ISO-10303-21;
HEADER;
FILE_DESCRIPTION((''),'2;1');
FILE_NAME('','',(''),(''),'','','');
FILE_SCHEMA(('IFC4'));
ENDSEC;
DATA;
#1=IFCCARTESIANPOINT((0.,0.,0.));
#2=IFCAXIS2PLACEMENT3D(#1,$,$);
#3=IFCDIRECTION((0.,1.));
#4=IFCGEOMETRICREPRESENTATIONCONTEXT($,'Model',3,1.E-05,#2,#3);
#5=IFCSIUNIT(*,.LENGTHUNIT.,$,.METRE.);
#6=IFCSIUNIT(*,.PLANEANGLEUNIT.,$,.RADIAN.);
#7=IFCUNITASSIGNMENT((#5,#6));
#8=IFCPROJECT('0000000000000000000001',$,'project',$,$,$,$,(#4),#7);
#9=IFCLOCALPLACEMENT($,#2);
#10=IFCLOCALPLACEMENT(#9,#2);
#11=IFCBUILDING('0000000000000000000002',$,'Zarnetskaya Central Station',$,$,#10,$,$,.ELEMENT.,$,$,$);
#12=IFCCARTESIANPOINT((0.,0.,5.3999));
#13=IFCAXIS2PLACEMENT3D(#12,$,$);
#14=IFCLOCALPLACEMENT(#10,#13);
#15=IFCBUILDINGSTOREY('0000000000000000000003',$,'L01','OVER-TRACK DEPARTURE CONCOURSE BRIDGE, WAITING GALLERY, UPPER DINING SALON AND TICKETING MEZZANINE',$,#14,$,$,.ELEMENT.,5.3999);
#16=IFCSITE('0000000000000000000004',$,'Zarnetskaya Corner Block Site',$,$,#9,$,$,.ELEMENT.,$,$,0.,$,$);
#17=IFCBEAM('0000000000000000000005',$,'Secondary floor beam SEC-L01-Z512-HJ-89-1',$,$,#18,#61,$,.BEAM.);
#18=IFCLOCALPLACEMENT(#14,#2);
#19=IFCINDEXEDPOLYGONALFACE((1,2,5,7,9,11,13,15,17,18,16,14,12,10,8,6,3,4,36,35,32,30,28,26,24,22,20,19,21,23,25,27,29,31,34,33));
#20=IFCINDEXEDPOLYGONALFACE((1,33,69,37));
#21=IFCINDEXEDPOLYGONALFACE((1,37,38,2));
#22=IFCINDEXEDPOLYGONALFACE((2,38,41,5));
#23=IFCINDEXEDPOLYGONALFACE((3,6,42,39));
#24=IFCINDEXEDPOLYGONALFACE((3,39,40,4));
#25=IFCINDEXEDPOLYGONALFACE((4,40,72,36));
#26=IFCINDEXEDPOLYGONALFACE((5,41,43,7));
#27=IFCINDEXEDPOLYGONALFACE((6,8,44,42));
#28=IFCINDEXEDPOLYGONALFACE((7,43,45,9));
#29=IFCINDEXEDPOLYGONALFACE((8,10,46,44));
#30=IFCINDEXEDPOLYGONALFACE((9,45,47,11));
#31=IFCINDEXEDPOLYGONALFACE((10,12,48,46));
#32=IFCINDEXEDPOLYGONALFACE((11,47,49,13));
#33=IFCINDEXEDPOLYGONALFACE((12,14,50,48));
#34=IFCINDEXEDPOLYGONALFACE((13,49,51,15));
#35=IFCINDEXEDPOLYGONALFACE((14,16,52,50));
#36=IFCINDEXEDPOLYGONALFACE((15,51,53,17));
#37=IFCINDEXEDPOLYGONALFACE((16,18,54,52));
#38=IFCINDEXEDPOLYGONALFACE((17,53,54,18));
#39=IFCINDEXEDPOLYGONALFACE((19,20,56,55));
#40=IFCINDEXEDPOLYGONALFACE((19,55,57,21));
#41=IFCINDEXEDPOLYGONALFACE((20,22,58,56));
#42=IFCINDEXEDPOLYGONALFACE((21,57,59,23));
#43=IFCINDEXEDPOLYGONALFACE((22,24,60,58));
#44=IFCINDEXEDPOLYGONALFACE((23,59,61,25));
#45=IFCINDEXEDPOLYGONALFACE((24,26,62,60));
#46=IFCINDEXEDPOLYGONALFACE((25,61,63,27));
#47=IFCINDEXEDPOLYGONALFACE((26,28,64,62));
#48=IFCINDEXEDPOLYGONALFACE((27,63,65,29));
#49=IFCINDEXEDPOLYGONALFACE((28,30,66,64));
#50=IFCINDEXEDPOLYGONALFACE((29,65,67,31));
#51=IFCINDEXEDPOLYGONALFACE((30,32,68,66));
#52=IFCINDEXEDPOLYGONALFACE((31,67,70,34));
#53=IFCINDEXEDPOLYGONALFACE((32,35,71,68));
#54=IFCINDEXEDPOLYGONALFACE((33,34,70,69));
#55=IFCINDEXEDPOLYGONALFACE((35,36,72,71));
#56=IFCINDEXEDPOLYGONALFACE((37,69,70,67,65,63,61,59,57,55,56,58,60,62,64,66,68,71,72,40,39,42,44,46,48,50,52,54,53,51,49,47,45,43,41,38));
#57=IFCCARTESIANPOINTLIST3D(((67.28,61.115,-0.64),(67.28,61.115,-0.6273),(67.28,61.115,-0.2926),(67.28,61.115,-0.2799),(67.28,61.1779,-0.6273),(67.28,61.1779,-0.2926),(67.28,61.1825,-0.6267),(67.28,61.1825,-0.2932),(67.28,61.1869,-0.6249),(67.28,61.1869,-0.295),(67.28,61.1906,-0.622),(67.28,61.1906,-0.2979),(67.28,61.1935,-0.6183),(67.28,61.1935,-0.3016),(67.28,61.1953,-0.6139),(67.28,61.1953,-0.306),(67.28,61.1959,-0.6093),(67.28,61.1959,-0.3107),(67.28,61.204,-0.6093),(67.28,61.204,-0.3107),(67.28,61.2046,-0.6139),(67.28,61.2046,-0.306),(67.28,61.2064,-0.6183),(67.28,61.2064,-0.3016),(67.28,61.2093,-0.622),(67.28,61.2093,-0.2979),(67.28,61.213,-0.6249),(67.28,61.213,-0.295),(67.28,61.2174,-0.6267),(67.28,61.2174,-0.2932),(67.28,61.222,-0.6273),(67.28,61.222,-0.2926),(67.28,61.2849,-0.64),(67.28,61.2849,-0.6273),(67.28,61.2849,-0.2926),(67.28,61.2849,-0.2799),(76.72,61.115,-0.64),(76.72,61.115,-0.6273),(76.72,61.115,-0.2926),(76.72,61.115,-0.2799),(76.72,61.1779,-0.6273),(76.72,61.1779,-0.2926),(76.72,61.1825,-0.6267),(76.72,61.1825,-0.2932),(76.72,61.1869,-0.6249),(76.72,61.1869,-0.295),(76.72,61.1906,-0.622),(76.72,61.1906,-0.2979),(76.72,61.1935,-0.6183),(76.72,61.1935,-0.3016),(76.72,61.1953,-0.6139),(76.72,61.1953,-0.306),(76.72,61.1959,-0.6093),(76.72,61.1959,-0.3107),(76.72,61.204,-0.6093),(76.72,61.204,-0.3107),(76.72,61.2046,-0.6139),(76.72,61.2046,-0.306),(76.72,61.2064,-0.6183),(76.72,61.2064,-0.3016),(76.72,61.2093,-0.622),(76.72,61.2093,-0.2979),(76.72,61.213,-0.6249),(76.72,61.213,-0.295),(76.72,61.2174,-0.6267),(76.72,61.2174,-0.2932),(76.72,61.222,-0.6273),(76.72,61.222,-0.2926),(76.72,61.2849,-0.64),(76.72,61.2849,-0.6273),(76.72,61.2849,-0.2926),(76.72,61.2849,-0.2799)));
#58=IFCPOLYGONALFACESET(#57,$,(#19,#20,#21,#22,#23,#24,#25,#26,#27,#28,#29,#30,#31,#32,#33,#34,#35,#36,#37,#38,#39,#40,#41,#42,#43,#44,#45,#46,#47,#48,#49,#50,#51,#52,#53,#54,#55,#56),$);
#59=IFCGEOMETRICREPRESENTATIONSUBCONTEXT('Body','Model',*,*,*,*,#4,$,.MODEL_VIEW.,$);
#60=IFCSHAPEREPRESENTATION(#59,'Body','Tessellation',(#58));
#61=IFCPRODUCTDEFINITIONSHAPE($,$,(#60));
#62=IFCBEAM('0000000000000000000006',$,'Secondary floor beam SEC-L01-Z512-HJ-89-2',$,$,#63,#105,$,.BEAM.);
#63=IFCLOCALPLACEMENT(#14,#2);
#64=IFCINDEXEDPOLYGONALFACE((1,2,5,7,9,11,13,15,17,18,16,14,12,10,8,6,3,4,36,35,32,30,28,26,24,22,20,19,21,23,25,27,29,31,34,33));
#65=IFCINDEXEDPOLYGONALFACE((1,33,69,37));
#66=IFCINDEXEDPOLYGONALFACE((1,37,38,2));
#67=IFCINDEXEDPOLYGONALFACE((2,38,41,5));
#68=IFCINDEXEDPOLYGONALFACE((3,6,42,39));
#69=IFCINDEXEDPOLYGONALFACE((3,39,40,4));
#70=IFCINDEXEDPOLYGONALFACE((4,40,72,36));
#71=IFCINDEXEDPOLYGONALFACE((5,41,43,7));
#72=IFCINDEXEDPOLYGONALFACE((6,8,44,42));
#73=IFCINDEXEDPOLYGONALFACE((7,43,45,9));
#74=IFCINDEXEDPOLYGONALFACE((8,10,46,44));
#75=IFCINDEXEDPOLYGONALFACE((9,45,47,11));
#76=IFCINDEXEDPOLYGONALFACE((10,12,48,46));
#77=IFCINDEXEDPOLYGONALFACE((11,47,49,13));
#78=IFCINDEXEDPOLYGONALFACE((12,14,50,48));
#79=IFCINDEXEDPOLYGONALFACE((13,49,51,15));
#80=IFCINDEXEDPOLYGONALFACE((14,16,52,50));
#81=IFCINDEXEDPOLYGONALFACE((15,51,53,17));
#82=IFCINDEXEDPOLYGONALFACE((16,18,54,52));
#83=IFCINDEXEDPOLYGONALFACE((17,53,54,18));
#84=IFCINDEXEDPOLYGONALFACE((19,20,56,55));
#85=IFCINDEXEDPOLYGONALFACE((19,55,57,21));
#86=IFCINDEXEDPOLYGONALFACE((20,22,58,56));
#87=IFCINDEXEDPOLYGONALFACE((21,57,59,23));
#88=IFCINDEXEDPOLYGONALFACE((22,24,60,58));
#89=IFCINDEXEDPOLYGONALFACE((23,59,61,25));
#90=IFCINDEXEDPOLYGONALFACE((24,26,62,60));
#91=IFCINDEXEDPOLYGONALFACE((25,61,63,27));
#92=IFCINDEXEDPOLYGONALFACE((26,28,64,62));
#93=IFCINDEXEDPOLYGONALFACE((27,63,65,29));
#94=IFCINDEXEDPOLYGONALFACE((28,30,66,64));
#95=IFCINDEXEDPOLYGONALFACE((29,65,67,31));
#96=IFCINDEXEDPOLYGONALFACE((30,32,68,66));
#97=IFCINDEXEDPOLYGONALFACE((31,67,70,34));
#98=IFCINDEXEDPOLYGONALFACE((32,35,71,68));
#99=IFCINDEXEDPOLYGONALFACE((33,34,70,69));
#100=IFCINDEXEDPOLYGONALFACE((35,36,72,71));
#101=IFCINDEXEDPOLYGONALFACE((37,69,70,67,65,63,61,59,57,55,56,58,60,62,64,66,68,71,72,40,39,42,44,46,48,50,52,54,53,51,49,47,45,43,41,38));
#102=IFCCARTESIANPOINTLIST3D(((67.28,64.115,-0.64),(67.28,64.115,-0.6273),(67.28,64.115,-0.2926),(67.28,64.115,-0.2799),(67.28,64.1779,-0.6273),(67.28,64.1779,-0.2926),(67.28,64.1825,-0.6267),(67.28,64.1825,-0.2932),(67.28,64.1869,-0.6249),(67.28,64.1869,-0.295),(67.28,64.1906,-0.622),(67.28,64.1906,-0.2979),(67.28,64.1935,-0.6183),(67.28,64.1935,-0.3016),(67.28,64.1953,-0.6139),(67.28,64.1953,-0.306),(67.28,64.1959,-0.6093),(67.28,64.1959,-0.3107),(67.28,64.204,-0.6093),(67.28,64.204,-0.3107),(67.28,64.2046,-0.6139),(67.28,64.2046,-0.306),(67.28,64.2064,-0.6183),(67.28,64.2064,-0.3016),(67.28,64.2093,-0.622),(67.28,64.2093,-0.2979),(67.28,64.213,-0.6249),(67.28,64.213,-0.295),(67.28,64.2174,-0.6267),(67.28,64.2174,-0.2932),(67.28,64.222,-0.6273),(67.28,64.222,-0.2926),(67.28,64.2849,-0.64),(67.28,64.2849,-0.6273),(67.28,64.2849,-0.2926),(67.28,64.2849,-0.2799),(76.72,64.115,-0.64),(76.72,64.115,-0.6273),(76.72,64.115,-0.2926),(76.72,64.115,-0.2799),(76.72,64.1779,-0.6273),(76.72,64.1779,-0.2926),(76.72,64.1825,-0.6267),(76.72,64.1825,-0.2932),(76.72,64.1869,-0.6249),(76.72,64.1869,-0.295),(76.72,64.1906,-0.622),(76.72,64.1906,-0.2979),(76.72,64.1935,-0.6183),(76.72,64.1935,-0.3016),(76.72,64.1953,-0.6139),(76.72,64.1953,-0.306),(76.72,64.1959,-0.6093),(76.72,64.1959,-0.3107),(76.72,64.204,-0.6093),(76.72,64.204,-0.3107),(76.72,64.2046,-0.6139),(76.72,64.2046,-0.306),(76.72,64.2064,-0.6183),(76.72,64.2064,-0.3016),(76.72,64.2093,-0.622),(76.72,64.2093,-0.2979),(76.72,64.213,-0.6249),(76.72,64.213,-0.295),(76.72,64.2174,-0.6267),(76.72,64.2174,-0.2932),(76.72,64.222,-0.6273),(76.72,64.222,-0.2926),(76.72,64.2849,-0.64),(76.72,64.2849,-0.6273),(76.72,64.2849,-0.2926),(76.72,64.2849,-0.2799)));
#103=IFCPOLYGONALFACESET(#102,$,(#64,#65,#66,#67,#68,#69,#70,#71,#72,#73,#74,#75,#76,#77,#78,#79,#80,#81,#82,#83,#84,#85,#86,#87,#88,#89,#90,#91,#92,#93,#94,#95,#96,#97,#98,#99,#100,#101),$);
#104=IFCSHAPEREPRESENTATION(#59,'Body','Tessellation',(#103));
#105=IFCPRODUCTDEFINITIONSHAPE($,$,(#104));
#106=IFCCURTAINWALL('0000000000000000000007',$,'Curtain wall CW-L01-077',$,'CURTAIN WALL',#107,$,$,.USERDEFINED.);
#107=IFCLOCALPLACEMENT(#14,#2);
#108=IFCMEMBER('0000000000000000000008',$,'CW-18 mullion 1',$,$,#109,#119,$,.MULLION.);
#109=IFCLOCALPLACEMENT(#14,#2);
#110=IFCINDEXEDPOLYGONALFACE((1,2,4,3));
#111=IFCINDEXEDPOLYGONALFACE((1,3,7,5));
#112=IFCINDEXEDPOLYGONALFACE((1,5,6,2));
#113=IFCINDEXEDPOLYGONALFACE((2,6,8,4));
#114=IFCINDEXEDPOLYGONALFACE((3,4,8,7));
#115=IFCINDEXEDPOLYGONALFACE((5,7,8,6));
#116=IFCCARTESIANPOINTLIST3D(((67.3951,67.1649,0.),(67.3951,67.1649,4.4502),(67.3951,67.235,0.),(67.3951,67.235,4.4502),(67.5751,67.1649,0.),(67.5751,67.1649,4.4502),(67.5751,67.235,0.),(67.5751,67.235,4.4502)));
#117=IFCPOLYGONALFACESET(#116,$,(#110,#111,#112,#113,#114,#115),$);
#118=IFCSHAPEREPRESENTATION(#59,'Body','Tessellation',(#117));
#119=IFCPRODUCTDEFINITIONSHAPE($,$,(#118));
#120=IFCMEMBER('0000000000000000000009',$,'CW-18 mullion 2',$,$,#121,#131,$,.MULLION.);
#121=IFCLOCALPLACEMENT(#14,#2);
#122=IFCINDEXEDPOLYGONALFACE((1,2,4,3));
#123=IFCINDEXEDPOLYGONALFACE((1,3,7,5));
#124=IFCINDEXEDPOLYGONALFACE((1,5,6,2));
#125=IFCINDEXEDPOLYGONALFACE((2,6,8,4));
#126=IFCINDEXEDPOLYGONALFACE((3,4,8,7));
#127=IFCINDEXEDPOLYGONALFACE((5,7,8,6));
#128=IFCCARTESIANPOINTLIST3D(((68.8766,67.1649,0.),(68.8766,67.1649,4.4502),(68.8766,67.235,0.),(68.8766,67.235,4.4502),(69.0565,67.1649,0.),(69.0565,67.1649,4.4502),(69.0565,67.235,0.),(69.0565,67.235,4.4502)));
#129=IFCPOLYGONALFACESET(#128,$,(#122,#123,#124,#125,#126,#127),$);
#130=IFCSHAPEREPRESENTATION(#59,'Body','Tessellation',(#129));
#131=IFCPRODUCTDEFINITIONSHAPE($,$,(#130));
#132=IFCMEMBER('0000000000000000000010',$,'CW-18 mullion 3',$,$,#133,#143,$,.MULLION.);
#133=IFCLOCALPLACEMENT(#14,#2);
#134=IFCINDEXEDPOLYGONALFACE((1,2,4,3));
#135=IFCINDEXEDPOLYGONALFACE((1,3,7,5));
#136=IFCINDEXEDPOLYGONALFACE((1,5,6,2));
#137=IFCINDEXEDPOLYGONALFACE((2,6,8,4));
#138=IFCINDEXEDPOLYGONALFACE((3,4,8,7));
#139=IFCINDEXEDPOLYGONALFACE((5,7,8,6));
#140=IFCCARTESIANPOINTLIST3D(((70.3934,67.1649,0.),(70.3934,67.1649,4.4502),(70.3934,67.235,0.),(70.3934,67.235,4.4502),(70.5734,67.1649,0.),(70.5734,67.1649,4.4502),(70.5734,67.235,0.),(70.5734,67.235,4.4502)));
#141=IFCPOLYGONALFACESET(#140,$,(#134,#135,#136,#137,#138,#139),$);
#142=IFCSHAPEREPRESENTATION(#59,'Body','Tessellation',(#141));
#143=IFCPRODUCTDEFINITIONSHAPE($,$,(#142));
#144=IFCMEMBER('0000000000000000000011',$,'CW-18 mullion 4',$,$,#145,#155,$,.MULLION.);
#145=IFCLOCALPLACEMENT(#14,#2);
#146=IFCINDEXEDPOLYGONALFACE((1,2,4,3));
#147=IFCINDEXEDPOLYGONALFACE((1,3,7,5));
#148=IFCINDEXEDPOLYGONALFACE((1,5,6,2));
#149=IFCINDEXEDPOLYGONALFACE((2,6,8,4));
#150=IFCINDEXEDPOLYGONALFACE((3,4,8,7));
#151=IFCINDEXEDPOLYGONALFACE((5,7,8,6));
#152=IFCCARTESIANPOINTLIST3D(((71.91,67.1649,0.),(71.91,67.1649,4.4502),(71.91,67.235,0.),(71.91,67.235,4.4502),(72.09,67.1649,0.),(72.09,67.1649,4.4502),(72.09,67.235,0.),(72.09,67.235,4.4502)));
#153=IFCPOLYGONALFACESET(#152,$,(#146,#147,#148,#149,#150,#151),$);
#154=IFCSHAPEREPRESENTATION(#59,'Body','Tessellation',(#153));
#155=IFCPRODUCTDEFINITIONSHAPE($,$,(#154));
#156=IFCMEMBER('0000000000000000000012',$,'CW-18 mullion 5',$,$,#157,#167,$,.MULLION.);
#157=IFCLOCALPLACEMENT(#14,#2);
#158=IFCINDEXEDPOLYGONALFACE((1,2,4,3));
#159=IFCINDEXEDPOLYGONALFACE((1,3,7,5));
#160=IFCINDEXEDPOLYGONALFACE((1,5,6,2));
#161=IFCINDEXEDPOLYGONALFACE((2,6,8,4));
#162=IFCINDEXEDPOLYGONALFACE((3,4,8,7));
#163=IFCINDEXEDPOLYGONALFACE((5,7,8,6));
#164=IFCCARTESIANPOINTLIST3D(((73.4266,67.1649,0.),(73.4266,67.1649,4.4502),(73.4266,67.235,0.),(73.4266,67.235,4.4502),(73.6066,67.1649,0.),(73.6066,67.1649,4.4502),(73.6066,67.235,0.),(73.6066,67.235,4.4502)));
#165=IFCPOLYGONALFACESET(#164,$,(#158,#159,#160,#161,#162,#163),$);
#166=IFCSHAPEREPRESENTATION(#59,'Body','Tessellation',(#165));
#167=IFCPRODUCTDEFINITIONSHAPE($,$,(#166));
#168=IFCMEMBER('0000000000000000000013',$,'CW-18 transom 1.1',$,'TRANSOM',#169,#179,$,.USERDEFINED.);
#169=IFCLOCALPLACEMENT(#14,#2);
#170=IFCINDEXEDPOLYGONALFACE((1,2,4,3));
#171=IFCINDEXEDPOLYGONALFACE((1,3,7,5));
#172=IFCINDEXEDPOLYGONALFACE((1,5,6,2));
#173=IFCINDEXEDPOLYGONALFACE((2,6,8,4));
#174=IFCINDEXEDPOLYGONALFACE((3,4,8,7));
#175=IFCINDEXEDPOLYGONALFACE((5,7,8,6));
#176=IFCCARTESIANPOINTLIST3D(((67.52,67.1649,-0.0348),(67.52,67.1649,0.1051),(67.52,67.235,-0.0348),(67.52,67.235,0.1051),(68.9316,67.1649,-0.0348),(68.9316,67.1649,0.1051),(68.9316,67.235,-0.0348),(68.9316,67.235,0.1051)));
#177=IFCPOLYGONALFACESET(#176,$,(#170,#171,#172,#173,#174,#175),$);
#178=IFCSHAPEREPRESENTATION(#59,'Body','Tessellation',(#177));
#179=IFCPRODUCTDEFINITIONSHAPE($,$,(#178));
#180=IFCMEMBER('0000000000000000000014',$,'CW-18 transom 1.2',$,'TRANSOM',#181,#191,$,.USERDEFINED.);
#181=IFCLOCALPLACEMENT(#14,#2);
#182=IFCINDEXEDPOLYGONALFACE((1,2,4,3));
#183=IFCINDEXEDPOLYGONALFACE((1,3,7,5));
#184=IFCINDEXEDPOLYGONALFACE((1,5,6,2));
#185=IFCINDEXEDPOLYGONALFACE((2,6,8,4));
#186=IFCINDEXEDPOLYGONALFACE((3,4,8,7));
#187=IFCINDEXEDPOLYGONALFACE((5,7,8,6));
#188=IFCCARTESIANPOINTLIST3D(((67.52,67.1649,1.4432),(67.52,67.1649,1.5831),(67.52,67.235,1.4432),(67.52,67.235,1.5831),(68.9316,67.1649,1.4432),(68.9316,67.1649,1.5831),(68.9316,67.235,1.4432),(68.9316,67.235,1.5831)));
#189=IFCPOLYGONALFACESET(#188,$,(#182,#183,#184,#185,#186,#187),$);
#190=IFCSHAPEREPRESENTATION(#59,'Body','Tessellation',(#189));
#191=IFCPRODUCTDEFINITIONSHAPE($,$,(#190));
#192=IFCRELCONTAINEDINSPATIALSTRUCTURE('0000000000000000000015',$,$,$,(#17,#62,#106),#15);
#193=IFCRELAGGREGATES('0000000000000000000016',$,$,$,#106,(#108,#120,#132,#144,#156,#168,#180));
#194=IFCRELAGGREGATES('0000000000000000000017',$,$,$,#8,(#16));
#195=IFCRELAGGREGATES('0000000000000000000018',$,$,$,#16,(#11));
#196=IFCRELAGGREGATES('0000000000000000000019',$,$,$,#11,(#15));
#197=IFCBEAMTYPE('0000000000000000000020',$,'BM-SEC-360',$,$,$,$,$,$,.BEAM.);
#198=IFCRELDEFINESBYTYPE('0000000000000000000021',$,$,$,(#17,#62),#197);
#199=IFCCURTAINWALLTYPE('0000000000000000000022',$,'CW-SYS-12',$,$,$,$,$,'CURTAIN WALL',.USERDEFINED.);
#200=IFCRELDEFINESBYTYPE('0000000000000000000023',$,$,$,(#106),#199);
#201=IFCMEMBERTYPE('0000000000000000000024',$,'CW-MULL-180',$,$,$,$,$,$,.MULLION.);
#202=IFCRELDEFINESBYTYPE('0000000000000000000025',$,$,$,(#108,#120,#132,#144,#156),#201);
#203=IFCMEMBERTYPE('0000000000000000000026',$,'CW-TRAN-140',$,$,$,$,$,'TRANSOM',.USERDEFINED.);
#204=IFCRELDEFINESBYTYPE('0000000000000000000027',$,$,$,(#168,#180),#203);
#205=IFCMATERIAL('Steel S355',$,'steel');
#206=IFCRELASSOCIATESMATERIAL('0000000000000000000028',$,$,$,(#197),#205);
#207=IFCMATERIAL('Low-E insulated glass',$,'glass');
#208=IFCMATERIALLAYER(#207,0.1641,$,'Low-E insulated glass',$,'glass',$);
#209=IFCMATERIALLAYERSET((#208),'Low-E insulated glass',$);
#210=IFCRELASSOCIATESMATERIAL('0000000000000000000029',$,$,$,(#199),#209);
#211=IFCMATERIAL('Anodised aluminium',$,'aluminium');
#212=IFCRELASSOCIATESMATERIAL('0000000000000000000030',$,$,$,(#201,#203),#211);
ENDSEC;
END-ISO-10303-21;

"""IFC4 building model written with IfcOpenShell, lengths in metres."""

from ifc_helpers import new_model, si_unit, direction, frame, origin, origin_2d, place, context, subcontext, project, spatial, rectangle, i_section, extrude, material, layer, layer_set, material_profile, profile_set, type_object, element, aggregate, save


model = new_model("IFC4")

# Units and contexts
model_context = context("Model", 3, precision=1e-05, world=origin(), true_north=direction((0.0, 1.0)))
body_context = subcontext(model_context, "Body", "Model", "MODEL_VIEW")
ifc_project = project(units=[si_unit("LENGTHUNIT", "METRE"), si_unit("PLANEANGLEUNIT", "RADIAN")], contexts=[model_context])

# Site, building, storey
site_placement = place(None, origin())
site = spatial("IfcSite", under=ifc_project, at=site_placement, Name="Zarnetskaya Corner Block Site", CompositionType="ELEMENT", RefElevation=0.0)
building_placement = place(site_placement, origin())
building = spatial("IfcBuilding", under=site, at=building_placement, Name="Zarnetskaya Central Station", CompositionType="ELEMENT")
storey_placement = place(building_placement, frame((0.0, 0.0, 5.3999)))
storey = spatial("IfcBuildingStorey", under=building, at=storey_placement, Name="L01", Description="OVER-TRACK DEPARTURE CONCOURSE BRIDGE, WAITING GALLERY, UPPER DINING SALON AND TICKETING MEZZANINE", CompositionType="ELEMENT", Elevation=5.3999)

# Beams
ifc_material_1 = material(Name="Steel S355", Category="steel")
ifc_material_profile_1 = material_profile(ifc_material_1, i_section(OverallWidth=0.1699, OverallDepth=0.3601, WebThickness=0.0081, FlangeThickness=0.0127, FilletRadius=0.0181, at=origin_2d()), Name="IPE 360")
ifc_profile_set_1 = profile_set([ifc_material_profile_1], Name="Steel S355")
beam_type = type_object("IfcBeamType", Name="BM-SEC-360", PredefinedType="BEAM", material=ifc_profile_set_1)
for number, where, z_axis, x_axis, name in (
    (1, (67.28, 61.2, -0.46), (1.0, 0.0, 0.0), (0.0, 1.0, 0.0), "Secondary floor beam SEC-L01-Z512-HJ-89-1"),
    (2, (67.28, 64.2, -0.46), (1.0, 0.0, 0.0), (0.0, 1.0, 0.0), "Secondary floor beam SEC-L01-Z512-HJ-89-2"),
):
    element("IfcBeam", number, at=place(storey_placement, frame(where, z_axis=z_axis, x_axis=x_axis)), inside=storey, type_object=beam_type, Name=name, PredefinedType="BEAM", context=body_context, shape_type="SweptSolid", body=[
        extrude(i_section(OverallWidth=0.1699, OverallDepth=0.3601, WebThickness=0.0081, FlangeThickness=0.0127, FilletRadius=0.0181, at=origin_2d()), origin(), (0.0, 0.0, 1.0), 9.4399),
    ])

# Curtain wall, members
ifc_material_2 = material(Name="Low-E insulated glass", Category="glass")
ifc_layer_1 = layer(ifc_material_2, 0.1641, Name="Low-E insulated glass", Category="glass")
ifc_layer_set_1 = layer_set([ifc_layer_1], Name="Low-E insulated glass")
curtain_wall_type = type_object("IfcCurtainWallType", Name="CW-SYS-12", ElementType="CURTAIN WALL", PredefinedType="USERDEFINED", material=ifc_layer_set_1)
curtain_wall_placement = place(storey_placement, origin())
curtain_wall = element("IfcCurtainWall", 3, at=curtain_wall_placement, inside=storey, type_object=curtain_wall_type, Name="Curtain wall CW-L01-077", ObjectType="CURTAIN WALL", PredefinedType="USERDEFINED")
ifc_material_3 = material(Name="Anodised aluminium", Category="aluminium")
ifc_material_profile_2 = material_profile(ifc_material_3, rectangle(XDim=0.0701, YDim=0.1799, at=origin_2d()), Name="ALU MULL 70x180")
ifc_profile_set_2 = profile_set([ifc_material_profile_2], Name="Anodised aluminium")
member_type_1 = type_object("IfcMemberType", Name="CW-MULL-180", PredefinedType="MULLION", material=ifc_profile_set_2)
member_1_placement = place(storey_placement, frame((67.4851, 67.2, 0.0), z_axis=(0.0, 0.0, 1.0), x_axis=(0.0, 1.0, 0.0)))
member_1 = element("IfcMember", 4, at=member_1_placement, type_object=member_type_1, Name="CW-18 mullion 1", PredefinedType="MULLION", context=body_context, shape_type="SweptSolid", body=[
    extrude(rectangle(XDim=0.0701, YDim=0.1799, at=origin_2d()), origin(), (0.0, 0.0, 1.0), 4.4502),
])
member_2_placement = place(storey_placement, frame((68.9666, 67.2, 0.0), z_axis=(0.0, 0.0, 1.0), x_axis=(0.0, 1.0, 0.0)))
member_2 = element("IfcMember", 5, at=member_2_placement, type_object=member_type_1, Name="CW-18 mullion 2", PredefinedType="MULLION", context=body_context, shape_type="SweptSolid", body=[
    extrude(rectangle(XDim=0.0701, YDim=0.1799, at=origin_2d()), origin(), (0.0, 0.0, 1.0), 4.4502),
])
member_3_placement = place(storey_placement, frame((70.4834, 67.2, 0.0), z_axis=(0.0, 0.0, 1.0), x_axis=(0.0, 1.0, 0.0)))
member_3 = element("IfcMember", 6, at=member_3_placement, type_object=member_type_1, Name="CW-18 mullion 3", PredefinedType="MULLION", context=body_context, shape_type="SweptSolid", body=[
    extrude(rectangle(XDim=0.0701, YDim=0.1799, at=origin_2d()), origin(), (0.0, 0.0, 1.0), 4.4502),
])
member_4_placement = place(storey_placement, frame((72.0, 67.2, 0.0), z_axis=(0.0, 0.0, 1.0), x_axis=(0.0, 1.0, 0.0)))
member_4 = element("IfcMember", 7, at=member_4_placement, type_object=member_type_1, Name="CW-18 mullion 4", PredefinedType="MULLION", context=body_context, shape_type="SweptSolid", body=[
    extrude(rectangle(XDim=0.0701, YDim=0.1799, at=origin_2d()), origin(), (0.0, 0.0, 1.0), 4.4502),
])
member_5_placement = place(storey_placement, frame((73.5166, 67.2, 0.0), z_axis=(0.0, 0.0, 1.0), x_axis=(0.0, 1.0, 0.0)))
member_5 = element("IfcMember", 8, at=member_5_placement, type_object=member_type_1, Name="CW-18 mullion 5", PredefinedType="MULLION", context=body_context, shape_type="SweptSolid", body=[
    extrude(rectangle(XDim=0.0701, YDim=0.1799, at=origin_2d()), origin(), (0.0, 0.0, 1.0), 4.4502),
])
ifc_material_profile_3 = material_profile(ifc_material_3, rectangle(XDim=0.0701, YDim=0.1399, at=origin_2d()), Name="ALU TRAN 70x140")
ifc_profile_set_3 = profile_set([ifc_material_profile_3], Name="Anodised aluminium")
member_type_2 = type_object("IfcMemberType", Name="CW-TRAN-140", ElementType="TRANSOM", PredefinedType="USERDEFINED", material=ifc_profile_set_3)
member_6_placement = place(storey_placement, frame((67.52, 67.2, 0.0352), z_axis=(1.0, 0.0, 0.0), x_axis=(0.0, 1.0, 0.0)))
member_6 = element("IfcMember", 9, at=member_6_placement, type_object=member_type_2, Name="CW-18 transom 1.1", ObjectType="TRANSOM", PredefinedType="USERDEFINED", context=body_context, shape_type="SweptSolid", body=[
    extrude(rectangle(XDim=0.0701, YDim=0.1399, at=origin_2d()), origin(), (0.0, 0.0, 1.0), 1.4116),
])
member_7_placement = place(storey_placement, frame((67.52, 67.2, 1.5132), z_axis=(1.0, 0.0, 0.0), x_axis=(0.0, 1.0, 0.0)))
member_7 = element("IfcMember", 10, at=member_7_placement, type_object=member_type_2, Name="CW-18 transom 1.2", ObjectType="TRANSOM", PredefinedType="USERDEFINED", context=body_context, shape_type="SweptSolid", body=[
    extrude(rectangle(XDim=0.0701, YDim=0.1399, at=origin_2d()), origin(), (0.0, 0.0, 1.0), 1.4116),
])
aggregate(curtain_wall, [member_1, member_2, member_3, member_4, member_5, member_6, member_7])

save(model, "model.ifc")
